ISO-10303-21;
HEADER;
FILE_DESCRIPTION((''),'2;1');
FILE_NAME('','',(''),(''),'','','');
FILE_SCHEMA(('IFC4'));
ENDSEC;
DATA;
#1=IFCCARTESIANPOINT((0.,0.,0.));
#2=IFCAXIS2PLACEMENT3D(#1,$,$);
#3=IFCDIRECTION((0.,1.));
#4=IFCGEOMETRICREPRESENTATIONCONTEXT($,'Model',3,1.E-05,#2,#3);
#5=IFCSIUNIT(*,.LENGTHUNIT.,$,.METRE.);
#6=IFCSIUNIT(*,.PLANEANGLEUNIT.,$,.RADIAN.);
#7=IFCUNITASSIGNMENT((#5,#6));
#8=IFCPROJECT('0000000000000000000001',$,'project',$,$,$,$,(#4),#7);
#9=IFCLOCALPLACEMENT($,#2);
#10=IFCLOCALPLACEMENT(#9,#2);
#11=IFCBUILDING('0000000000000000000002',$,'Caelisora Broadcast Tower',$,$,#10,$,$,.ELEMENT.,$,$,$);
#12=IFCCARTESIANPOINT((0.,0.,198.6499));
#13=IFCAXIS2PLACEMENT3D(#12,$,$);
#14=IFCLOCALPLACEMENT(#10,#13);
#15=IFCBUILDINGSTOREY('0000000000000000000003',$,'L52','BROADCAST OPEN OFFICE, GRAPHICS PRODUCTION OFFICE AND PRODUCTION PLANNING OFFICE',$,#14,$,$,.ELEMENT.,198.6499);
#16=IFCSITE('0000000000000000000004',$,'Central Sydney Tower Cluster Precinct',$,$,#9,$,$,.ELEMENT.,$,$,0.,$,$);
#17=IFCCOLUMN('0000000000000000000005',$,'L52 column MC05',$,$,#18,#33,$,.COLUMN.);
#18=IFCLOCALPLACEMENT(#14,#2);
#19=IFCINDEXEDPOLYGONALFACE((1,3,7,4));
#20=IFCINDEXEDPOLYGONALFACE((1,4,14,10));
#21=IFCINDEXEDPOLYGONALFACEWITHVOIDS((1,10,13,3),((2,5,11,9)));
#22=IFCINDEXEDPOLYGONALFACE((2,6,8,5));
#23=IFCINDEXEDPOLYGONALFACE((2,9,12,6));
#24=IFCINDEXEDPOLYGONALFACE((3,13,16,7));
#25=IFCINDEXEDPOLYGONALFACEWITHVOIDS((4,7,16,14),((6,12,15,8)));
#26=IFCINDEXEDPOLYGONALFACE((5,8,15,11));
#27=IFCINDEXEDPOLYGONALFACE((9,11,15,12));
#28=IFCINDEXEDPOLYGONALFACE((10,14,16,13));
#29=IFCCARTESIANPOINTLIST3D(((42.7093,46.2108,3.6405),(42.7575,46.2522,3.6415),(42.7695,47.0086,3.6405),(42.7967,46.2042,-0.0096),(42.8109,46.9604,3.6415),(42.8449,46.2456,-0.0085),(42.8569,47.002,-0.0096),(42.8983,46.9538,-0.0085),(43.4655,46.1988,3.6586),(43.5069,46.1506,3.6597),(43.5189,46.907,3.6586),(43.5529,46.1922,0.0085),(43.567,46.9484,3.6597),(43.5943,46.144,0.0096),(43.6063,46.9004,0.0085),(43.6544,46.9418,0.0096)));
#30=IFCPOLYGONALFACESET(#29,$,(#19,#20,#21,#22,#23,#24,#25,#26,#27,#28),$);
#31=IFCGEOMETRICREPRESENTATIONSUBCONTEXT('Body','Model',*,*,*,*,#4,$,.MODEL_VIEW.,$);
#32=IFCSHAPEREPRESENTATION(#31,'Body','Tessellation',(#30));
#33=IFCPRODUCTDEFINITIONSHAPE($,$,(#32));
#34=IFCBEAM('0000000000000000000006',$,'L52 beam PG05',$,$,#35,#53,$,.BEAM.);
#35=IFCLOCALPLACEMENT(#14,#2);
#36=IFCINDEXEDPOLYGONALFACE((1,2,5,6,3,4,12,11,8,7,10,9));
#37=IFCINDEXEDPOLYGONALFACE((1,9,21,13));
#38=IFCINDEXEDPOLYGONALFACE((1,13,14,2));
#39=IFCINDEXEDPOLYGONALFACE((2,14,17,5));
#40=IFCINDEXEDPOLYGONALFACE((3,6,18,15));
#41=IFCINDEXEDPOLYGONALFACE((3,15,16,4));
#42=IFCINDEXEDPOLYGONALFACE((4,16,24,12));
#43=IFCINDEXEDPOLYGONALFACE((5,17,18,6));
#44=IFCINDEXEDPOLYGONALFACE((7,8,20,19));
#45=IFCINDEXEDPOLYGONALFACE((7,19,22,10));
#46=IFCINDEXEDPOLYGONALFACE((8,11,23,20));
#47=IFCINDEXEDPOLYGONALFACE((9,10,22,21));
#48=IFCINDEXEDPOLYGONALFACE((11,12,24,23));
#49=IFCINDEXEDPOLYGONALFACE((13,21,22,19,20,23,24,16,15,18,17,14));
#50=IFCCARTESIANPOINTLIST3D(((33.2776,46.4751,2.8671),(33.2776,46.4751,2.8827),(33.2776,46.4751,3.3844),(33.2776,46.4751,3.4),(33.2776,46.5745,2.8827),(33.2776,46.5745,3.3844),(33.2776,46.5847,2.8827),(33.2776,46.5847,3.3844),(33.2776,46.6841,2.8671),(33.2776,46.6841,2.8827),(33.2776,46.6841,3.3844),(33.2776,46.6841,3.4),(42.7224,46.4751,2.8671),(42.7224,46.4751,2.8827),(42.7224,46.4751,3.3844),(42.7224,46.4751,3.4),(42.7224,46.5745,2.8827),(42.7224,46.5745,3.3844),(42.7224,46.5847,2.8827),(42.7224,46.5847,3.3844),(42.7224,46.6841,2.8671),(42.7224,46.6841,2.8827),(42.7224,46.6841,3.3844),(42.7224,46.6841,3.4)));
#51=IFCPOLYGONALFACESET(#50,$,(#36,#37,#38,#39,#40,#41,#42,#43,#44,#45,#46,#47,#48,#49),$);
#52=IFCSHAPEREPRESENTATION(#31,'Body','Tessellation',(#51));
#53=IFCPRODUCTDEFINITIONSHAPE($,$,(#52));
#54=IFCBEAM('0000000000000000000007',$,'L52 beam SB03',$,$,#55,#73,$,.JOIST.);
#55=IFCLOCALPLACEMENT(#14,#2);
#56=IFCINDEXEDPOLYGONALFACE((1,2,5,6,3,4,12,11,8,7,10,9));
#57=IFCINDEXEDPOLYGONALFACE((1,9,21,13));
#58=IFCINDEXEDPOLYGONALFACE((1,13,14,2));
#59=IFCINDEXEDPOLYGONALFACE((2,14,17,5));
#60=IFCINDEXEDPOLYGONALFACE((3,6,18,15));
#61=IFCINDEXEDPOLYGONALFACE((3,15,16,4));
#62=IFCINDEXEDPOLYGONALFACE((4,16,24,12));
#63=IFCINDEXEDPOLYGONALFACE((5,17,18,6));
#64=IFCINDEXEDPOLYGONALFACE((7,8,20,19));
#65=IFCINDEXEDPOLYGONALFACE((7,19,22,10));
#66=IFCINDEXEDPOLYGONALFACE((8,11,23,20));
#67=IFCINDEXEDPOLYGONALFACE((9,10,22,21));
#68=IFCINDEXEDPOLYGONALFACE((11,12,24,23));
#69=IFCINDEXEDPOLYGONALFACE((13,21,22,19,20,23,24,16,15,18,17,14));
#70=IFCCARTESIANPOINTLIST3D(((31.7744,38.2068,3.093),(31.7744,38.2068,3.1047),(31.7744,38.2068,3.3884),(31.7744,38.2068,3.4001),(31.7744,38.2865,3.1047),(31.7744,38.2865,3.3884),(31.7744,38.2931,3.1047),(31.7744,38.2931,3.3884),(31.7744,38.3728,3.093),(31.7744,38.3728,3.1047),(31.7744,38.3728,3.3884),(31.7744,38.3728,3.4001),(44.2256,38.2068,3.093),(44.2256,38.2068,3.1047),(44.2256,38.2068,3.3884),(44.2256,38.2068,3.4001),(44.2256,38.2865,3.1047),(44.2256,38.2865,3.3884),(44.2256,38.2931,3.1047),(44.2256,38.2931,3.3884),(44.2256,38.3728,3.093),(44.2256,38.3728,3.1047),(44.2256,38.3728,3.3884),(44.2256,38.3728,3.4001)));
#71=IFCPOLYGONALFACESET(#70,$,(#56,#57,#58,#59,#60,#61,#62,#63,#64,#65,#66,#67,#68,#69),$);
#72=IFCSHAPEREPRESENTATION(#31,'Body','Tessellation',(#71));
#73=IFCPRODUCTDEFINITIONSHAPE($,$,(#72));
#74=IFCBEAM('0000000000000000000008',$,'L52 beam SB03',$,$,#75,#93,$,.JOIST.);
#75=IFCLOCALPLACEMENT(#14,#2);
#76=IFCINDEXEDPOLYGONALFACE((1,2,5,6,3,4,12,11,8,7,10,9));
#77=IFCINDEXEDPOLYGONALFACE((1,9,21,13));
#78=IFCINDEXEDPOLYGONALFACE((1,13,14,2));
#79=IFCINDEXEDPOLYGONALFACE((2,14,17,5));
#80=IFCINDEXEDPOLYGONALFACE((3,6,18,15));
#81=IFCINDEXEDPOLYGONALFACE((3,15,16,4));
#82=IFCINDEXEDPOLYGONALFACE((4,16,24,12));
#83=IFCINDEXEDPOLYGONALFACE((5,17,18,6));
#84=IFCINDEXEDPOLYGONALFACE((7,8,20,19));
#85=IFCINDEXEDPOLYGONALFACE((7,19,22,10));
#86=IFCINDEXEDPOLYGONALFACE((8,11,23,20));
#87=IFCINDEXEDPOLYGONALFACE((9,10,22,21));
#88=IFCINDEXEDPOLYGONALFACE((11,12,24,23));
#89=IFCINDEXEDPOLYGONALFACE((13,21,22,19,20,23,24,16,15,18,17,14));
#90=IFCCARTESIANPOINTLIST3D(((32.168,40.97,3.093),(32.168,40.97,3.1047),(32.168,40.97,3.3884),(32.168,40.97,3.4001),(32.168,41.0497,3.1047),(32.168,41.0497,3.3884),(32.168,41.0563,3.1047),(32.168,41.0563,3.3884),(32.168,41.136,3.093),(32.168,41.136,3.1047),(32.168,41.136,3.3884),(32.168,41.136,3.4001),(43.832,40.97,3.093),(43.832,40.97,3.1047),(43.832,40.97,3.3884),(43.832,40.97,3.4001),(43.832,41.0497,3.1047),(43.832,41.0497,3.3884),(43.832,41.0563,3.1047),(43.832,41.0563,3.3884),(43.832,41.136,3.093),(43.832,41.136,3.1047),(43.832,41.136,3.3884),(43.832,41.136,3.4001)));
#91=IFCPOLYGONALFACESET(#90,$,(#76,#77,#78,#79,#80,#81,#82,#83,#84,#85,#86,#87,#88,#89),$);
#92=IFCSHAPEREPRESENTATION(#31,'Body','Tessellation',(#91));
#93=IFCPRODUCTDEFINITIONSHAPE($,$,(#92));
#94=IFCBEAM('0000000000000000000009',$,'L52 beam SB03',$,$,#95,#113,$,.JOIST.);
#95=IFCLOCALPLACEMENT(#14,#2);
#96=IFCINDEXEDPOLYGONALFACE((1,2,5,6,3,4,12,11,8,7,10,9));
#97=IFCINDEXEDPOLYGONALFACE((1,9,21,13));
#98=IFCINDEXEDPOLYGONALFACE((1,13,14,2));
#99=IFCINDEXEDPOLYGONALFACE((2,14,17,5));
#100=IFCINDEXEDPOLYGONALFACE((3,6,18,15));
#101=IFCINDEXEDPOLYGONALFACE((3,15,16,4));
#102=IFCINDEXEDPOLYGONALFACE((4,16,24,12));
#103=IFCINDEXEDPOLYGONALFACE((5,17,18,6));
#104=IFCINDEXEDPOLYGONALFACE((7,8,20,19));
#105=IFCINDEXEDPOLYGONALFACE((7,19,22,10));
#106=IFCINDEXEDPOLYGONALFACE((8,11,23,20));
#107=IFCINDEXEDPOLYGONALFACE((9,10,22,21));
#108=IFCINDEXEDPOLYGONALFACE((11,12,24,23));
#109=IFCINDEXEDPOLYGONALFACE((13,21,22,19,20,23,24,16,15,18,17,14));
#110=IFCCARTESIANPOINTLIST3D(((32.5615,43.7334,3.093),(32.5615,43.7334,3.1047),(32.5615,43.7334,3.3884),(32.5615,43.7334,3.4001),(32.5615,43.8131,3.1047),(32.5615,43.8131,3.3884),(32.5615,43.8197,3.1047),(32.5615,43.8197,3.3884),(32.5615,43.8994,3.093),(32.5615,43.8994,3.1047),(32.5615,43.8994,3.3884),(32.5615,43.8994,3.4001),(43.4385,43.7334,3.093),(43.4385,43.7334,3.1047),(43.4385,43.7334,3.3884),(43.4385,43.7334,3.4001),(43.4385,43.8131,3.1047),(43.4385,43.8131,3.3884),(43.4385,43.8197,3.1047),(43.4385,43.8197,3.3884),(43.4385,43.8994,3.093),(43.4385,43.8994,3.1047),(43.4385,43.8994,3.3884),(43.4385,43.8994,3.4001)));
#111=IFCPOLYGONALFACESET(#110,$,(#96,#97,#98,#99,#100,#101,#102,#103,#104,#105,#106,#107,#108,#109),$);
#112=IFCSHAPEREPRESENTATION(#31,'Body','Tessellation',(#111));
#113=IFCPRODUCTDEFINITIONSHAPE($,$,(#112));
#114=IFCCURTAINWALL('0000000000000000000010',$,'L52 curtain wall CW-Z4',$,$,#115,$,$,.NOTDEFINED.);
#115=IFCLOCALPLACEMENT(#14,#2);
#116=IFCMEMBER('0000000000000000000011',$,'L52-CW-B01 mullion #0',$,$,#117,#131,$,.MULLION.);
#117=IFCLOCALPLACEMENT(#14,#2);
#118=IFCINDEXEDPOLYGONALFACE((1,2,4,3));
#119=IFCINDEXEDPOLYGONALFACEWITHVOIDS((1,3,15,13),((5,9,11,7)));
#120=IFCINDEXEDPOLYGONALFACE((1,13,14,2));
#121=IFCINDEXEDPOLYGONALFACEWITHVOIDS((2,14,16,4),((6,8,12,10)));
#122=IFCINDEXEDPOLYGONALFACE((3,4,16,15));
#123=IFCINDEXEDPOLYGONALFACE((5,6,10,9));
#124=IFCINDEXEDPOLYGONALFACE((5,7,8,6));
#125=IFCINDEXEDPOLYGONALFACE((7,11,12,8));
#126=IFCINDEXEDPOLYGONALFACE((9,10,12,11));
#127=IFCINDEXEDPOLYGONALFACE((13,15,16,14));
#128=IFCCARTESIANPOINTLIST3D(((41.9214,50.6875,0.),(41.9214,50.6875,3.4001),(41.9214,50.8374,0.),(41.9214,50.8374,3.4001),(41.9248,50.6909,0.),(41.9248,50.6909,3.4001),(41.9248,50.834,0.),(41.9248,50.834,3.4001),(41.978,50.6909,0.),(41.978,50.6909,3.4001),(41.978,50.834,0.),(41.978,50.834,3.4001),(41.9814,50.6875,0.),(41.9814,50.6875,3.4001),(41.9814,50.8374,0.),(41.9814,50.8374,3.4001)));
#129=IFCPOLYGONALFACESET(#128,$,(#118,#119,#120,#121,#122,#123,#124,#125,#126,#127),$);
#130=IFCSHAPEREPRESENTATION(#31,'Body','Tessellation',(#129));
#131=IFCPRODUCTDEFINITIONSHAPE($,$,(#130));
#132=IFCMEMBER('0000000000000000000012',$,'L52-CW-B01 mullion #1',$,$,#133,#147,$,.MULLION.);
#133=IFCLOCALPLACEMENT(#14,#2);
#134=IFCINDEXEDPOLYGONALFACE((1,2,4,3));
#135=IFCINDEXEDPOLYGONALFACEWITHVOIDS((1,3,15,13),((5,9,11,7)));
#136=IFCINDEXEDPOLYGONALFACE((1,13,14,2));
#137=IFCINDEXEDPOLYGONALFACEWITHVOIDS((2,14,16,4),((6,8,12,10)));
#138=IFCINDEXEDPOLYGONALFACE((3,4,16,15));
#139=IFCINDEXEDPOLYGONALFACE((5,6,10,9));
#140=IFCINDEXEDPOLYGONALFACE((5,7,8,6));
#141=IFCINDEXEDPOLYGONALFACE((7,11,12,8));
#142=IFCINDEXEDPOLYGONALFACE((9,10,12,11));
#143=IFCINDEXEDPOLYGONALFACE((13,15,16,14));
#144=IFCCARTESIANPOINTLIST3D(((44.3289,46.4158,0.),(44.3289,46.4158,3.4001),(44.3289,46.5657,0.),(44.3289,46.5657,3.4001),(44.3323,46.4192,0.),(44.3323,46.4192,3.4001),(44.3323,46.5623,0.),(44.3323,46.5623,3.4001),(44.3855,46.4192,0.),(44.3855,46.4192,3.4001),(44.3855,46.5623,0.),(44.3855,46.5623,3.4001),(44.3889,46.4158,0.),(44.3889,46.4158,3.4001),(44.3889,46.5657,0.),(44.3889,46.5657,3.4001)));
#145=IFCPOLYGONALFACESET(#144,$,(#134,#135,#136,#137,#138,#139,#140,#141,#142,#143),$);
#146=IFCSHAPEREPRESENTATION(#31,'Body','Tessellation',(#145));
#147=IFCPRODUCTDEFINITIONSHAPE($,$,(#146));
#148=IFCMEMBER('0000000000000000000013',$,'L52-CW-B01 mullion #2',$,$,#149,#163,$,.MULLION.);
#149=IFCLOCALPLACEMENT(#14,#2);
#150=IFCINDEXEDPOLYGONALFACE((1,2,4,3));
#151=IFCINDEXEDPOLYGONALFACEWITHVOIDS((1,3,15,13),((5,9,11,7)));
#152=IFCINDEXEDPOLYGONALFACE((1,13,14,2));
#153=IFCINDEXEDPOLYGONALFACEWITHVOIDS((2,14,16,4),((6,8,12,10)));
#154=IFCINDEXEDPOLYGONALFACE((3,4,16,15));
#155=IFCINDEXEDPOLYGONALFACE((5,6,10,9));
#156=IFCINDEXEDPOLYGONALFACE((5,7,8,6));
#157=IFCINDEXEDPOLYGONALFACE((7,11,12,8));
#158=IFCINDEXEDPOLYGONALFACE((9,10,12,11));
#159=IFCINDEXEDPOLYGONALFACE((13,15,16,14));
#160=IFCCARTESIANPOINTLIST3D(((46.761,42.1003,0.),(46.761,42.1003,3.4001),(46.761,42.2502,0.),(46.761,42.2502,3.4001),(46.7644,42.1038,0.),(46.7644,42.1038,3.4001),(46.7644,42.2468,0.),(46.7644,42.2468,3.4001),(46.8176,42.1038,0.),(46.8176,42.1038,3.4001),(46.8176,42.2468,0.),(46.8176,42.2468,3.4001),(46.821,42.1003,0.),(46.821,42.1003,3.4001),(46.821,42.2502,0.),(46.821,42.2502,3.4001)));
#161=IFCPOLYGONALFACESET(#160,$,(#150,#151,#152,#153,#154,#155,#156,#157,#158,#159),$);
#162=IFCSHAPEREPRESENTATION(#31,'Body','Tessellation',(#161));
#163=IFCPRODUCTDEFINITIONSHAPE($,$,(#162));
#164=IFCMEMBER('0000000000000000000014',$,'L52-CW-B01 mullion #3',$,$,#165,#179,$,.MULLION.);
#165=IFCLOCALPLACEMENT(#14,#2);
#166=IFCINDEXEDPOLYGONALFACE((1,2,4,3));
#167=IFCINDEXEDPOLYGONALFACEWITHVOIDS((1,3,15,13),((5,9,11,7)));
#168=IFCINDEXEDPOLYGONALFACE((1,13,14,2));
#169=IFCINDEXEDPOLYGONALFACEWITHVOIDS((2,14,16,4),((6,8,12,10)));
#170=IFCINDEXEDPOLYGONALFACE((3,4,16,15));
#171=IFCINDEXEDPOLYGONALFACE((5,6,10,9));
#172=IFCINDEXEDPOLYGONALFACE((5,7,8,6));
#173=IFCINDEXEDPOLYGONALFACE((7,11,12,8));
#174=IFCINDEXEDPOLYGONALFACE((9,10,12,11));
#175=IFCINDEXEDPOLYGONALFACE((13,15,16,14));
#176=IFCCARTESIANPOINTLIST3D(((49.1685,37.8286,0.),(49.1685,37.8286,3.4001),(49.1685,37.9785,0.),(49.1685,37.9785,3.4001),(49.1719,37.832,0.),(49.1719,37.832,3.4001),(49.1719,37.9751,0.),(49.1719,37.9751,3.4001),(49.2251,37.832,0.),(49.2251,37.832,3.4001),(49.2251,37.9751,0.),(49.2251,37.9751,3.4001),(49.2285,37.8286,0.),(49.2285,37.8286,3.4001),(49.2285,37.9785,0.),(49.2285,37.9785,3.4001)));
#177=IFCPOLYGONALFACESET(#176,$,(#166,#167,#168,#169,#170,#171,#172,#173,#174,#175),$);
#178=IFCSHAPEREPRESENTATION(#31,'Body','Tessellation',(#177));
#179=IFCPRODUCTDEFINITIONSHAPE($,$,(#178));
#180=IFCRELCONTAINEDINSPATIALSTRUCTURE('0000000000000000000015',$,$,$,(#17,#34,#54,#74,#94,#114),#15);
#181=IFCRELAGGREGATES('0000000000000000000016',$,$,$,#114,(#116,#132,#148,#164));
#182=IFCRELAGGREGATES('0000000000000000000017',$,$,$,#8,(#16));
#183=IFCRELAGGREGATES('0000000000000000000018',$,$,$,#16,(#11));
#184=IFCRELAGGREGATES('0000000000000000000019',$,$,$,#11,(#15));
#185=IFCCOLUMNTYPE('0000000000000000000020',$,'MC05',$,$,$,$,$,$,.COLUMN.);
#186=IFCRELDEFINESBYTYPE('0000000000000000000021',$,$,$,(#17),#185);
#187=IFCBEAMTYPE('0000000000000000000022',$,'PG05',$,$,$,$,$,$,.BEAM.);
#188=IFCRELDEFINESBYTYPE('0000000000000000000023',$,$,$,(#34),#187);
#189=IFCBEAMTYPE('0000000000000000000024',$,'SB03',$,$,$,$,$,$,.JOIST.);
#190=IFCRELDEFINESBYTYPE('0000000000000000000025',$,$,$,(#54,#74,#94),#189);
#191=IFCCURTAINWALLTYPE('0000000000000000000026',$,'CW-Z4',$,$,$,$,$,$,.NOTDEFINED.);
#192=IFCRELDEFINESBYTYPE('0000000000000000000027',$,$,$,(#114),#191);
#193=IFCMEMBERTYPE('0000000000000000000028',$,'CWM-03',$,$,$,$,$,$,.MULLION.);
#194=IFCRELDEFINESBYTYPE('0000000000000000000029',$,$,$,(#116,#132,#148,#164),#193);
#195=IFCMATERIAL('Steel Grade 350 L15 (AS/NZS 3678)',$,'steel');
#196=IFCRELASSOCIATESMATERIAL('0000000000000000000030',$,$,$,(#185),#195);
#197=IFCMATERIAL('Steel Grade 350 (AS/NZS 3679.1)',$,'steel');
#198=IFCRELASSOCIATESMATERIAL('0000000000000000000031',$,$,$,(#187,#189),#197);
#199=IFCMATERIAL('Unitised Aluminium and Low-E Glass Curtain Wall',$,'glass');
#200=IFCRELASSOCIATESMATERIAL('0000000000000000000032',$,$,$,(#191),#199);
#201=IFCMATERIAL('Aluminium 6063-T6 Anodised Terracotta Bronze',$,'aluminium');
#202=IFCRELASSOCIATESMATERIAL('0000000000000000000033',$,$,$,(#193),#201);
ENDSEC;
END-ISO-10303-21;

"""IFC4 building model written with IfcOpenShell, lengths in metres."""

from ifc_helpers import new_model, si_unit, direction, frame, origin, origin_2d, place, context, subcontext, project, spatial, hollow_rectangle, i_section, extrude, source, transform, mapped, material, material_profile, profile_set, type_object, type_shapes, element, aggregate, save


model = new_model("IFC4")

# Units and contexts
model_context = context("Model", 3, precision=1e-05, world=origin(), true_north=direction((0.0, 1.0)))
body_context = subcontext(model_context, "Body", "Model", "MODEL_VIEW")
ifc_project = project(units=[si_unit("LENGTHUNIT", "METRE"), si_unit("PLANEANGLEUNIT", "RADIAN")], contexts=[model_context])

# Site, building, storey
site_placement = place(None, origin())
site = spatial("IfcSite", under=ifc_project, at=site_placement, Name="Central Sydney Tower Cluster Precinct", CompositionType="ELEMENT", RefElevation=0.0)
building_placement = place(site_placement, origin())
building = spatial("IfcBuilding", under=site, at=building_placement, Name="Caelisora Broadcast Tower", CompositionType="ELEMENT")
storey_placement = place(building_placement, frame((0.0, 0.0, 198.6499)))
storey = spatial("IfcBuildingStorey", under=building, at=storey_placement, Name="L52", Description="BROADCAST OPEN OFFICE, GRAPHICS PRODUCTION OFFICE AND PRODUCTION PLANNING OFFICE", CompositionType="ELEMENT", Elevation=198.6499)

# Column
ifc_material_1 = material(Name="Steel Grade 350 L15 (AS/NZS 3678)", Category="steel")
ifc_material_profile_1 = material_profile(ifc_material_1, hollow_rectangle(XDim=0.8, YDim=0.8, WallThickness=0.0449, at=origin_2d()), Name="Steel Grade 350 L15 (AS/NZS 3678)")
ifc_profile_set_1 = profile_set([ifc_material_profile_1], Name="Steel Grade 350 L15 (AS/NZS 3678)")
column_type = type_object("IfcColumnType", Name="MC05", PredefinedType="COLUMN", material=ifc_profile_set_1)
shared_shape_1 = source(origin(), body_context, "Body", "SweptSolid", [
    extrude(hollow_rectangle(XDim=0.8, YDim=0.8, WallThickness=0.0449, at=origin_2d()), origin(), (0.0, 0.0, 1.0), 3.6511),
])
type_shapes(column_type, [shared_shape_1])
column_placement = place(storey_placement, frame((43.2256, 46.573, 0.0), z_axis=(-0.023938, 0.001805, 0.999712), x_axis=(-0.075205, -0.997168, 0.0)))
element("IfcColumn", 1, at=column_placement, inside=storey, type_object=column_type, Name="L52 column MC05", PredefinedType="COLUMN", context=body_context, shape_type="MappedRepresentation", body=[
    mapped(shared_shape_1, transform((0.0, 0.0, 0.0), scale=1.0)),
])

# Beams
ifc_material_2 = material(Name="Steel Grade 350 (AS/NZS 3679.1)", Category="steel")
ifc_material_profile_2 = material_profile(ifc_material_2, i_section(OverallWidth=0.209, OverallDepth=0.533, WebThickness=0.0103, FlangeThickness=0.0156, at=origin_2d()), Name="Steel Grade 350 (AS/NZS 3679.1)")
ifc_profile_set_2 = profile_set([ifc_material_profile_2], Name="Steel Grade 350 (AS/NZS 3679.1)")
beam_type_1 = type_object("IfcBeamType", Name="PG05", PredefinedType="BEAM", material=ifc_profile_set_2)
shared_shape_2 = source(origin(), body_context, "Body", "SweptSolid", [
    extrude(i_section(OverallWidth=0.209, OverallDepth=0.533, WebThickness=0.0103, FlangeThickness=0.0156, at=origin_2d()), origin(), (0.0, 0.0, 1.0), 9.4448),
])
type_shapes(beam_type_1, [shared_shape_2])
beam_1_placement = place(storey_placement, frame((42.7224, 46.5796, 3.1335), z_axis=(-1.0, 0.0, 0.0), x_axis=(0.0, -1.0, 0.0)))
element("IfcBeam", 2, at=beam_1_placement, inside=storey, type_object=beam_type_1, Name="L52 beam PG05", PredefinedType="BEAM", context=body_context, shape_type="MappedRepresentation", body=[
    mapped(shared_shape_2, transform((0.0, 0.0, 0.0), scale=1.0)),
])
ifc_material_profile_3 = material_profile(ifc_material_2, i_section(OverallWidth=0.166, OverallDepth=0.3071, WebThickness=0.0066, FlangeThickness=0.0117, at=origin_2d()), Name="Steel Grade 350 (AS/NZS 3679.1)")
ifc_profile_set_3 = profile_set([ifc_material_profile_3], Name="Steel Grade 350 (AS/NZS 3679.1)")
beam_type_2 = type_object("IfcBeamType", Name="SB03", PredefinedType="JOIST", material=ifc_profile_set_3)
shared_shape_3 = source(origin(), body_context, "Body", "SweptSolid", [
    extrude(i_section(OverallWidth=0.166, OverallDepth=0.3071, WebThickness=0.0066, FlangeThickness=0.0117, at=origin_2d()), origin(), (0.0, 0.0, 1.0), 12.4512),
])
beam_2_placement = place(storey_placement, frame((44.2256, 38.2898, 3.2466), z_axis=(-1.0, 0.0, 0.0), x_axis=(0.0, -1.0, 0.0)))
element("IfcBeam", 3, at=beam_2_placement, inside=storey, type_object=beam_type_2, Name="L52 beam SB03", PredefinedType="JOIST", context=body_context, shape_type="MappedRepresentation", body=[
    mapped(shared_shape_3, transform((0.0, 0.0, 0.0), scale=1.0)),
])
shared_shape_4 = source(origin(), body_context, "Body", "SweptSolid", [
    extrude(i_section(OverallWidth=0.166, OverallDepth=0.3071, WebThickness=0.0066, FlangeThickness=0.0117, at=origin_2d()), origin(), (0.0, 0.0, 1.0), 11.6641),
])
beam_3_placement = place(storey_placement, frame((43.832, 41.053, 3.2466), z_axis=(-1.0, 0.0, 0.0), x_axis=(0.0, -1.0, 0.0)))
element("IfcBeam", 4, at=beam_3_placement, inside=storey, type_object=beam_type_2, Name="L52 beam SB03", PredefinedType="JOIST", context=body_context, shape_type="MappedRepresentation", body=[
    mapped(shared_shape_4, transform((0.0, 0.0, 0.0), scale=1.0)),
])
shared_shape_5 = source(origin(), body_context, "Body", "SweptSolid", [
    extrude(i_section(OverallWidth=0.166, OverallDepth=0.3071, WebThickness=0.0066, FlangeThickness=0.0117, at=origin_2d()), origin(), (0.0, 0.0, 1.0), 10.877),
])
type_shapes(beam_type_2, [shared_shape_3, shared_shape_4, shared_shape_5])
beam_4_placement = place(storey_placement, frame((43.4385, 43.8164, 3.2466), z_axis=(-1.0, 0.0, 0.0), x_axis=(0.0, -1.0, 0.0)))
element("IfcBeam", 5, at=beam_4_placement, inside=storey, type_object=beam_type_2, Name="L52 beam SB03", PredefinedType="JOIST", context=body_context, shape_type="MappedRepresentation", body=[
    mapped(shared_shape_5, transform((0.0, 0.0, 0.0), scale=1.0)),
])

# Curtain wall, members
ifc_material_3 = material(Name="Unitised Aluminium and Low-E Glass Curtain Wall", Category="glass")
curtain_wall_type_1 = type_object("IfcCurtainWallType", Name="CW-Z4", PredefinedType="NOTDEFINED", material=ifc_material_3)
curtain_wall_1_placement = place(storey_placement, origin())
curtain_wall_1 = element("IfcCurtainWall", 6, at=curtain_wall_1_placement, inside=storey, type_object=curtain_wall_type_1, Name="L52 curtain wall CW-Z4", PredefinedType="NOTDEFINED")
ifc_material_4 = material(Name="Aluminium 6063-T6 Anodised Terracotta Bronze", Category="aluminium")
ifc_material_profile_4 = material_profile(ifc_material_4, hollow_rectangle(XDim=0.0601, YDim=0.1499, WallThickness=0.0034, at=origin_2d()), Name="Aluminium 6063-T6 Anodised Terracotta Bronze")
ifc_profile_set_4 = profile_set([ifc_material_profile_4], Name="Aluminium 6063-T6 Anodised Terracotta Bronze")
member_type_1 = type_object("IfcMemberType", Name="CWM-03", PredefinedType="MULLION", material=ifc_profile_set_4)
shared_shape_6 = source(origin(), body_context, "Body", "SweptSolid", [
    extrude(hollow_rectangle(XDim=0.0601, YDim=0.1499, WallThickness=0.0034, at=origin_2d()), origin(), (0.0, 0.0, 1.0), 3.4001),
])
type_shapes(member_type_1, [shared_shape_6])
member_1_placement = place(storey_placement, frame((41.9514, 50.7625, 0.0), z_axis=(0.0, 0.0, 1.0), x_axis=(1.0, 0.0, 0.0)))
member_1 = element("IfcMember", 7, at=member_1_placement, type_object=member_type_1, Name="L52-CW-B01 mullion #0", PredefinedType="MULLION", context=body_context, shape_type="MappedRepresentation", body=[
    mapped(shared_shape_6, transform((0.0, 0.0, 0.0), scale=1.0)),
])
member_2_placement = place(storey_placement, frame((44.3589, 46.4907, 0.0), z_axis=(0.0, 0.0, 1.0), x_axis=(1.0, 0.0, 0.0)))
member_2 = element("IfcMember", 8, at=member_2_placement, type_object=member_type_1, Name="L52-CW-B01 mullion #1", PredefinedType="MULLION", context=body_context, shape_type="MappedRepresentation", body=[
    mapped(shared_shape_6, transform((0.0, 0.0, 0.0), scale=1.0)),
])
member_3_placement = place(storey_placement, frame((46.791, 42.1753, 0.0), z_axis=(0.0, 0.0, 1.0), x_axis=(1.0, 0.0, 0.0)))
member_3 = element("IfcMember", 9, at=member_3_placement, type_object=member_type_1, Name="L52-CW-B01 mullion #2", PredefinedType="MULLION", context=body_context, shape_type="MappedRepresentation", body=[
    mapped(shared_shape_6, transform((0.0, 0.0, 0.0), scale=1.0)),
])
member_4_placement = place(storey_placement, frame((49.1985, 37.9036, 0.0), z_axis=(0.0, 0.0, 1.0), x_axis=(1.0, 0.0, 0.0)))
member_4 = element("IfcMember", 10, at=member_4_placement, type_object=member_type_1, Name="L52-CW-B01 mullion #3", PredefinedType="MULLION", context=body_context, shape_type="MappedRepresentation", body=[
    mapped(shared_shape_6, transform((0.0, 0.0, 0.0), scale=1.0)),
])

aggregate(curtain_wall_1, [member_1, member_2, member_3, member_4])

save(model, "model.ifc")
